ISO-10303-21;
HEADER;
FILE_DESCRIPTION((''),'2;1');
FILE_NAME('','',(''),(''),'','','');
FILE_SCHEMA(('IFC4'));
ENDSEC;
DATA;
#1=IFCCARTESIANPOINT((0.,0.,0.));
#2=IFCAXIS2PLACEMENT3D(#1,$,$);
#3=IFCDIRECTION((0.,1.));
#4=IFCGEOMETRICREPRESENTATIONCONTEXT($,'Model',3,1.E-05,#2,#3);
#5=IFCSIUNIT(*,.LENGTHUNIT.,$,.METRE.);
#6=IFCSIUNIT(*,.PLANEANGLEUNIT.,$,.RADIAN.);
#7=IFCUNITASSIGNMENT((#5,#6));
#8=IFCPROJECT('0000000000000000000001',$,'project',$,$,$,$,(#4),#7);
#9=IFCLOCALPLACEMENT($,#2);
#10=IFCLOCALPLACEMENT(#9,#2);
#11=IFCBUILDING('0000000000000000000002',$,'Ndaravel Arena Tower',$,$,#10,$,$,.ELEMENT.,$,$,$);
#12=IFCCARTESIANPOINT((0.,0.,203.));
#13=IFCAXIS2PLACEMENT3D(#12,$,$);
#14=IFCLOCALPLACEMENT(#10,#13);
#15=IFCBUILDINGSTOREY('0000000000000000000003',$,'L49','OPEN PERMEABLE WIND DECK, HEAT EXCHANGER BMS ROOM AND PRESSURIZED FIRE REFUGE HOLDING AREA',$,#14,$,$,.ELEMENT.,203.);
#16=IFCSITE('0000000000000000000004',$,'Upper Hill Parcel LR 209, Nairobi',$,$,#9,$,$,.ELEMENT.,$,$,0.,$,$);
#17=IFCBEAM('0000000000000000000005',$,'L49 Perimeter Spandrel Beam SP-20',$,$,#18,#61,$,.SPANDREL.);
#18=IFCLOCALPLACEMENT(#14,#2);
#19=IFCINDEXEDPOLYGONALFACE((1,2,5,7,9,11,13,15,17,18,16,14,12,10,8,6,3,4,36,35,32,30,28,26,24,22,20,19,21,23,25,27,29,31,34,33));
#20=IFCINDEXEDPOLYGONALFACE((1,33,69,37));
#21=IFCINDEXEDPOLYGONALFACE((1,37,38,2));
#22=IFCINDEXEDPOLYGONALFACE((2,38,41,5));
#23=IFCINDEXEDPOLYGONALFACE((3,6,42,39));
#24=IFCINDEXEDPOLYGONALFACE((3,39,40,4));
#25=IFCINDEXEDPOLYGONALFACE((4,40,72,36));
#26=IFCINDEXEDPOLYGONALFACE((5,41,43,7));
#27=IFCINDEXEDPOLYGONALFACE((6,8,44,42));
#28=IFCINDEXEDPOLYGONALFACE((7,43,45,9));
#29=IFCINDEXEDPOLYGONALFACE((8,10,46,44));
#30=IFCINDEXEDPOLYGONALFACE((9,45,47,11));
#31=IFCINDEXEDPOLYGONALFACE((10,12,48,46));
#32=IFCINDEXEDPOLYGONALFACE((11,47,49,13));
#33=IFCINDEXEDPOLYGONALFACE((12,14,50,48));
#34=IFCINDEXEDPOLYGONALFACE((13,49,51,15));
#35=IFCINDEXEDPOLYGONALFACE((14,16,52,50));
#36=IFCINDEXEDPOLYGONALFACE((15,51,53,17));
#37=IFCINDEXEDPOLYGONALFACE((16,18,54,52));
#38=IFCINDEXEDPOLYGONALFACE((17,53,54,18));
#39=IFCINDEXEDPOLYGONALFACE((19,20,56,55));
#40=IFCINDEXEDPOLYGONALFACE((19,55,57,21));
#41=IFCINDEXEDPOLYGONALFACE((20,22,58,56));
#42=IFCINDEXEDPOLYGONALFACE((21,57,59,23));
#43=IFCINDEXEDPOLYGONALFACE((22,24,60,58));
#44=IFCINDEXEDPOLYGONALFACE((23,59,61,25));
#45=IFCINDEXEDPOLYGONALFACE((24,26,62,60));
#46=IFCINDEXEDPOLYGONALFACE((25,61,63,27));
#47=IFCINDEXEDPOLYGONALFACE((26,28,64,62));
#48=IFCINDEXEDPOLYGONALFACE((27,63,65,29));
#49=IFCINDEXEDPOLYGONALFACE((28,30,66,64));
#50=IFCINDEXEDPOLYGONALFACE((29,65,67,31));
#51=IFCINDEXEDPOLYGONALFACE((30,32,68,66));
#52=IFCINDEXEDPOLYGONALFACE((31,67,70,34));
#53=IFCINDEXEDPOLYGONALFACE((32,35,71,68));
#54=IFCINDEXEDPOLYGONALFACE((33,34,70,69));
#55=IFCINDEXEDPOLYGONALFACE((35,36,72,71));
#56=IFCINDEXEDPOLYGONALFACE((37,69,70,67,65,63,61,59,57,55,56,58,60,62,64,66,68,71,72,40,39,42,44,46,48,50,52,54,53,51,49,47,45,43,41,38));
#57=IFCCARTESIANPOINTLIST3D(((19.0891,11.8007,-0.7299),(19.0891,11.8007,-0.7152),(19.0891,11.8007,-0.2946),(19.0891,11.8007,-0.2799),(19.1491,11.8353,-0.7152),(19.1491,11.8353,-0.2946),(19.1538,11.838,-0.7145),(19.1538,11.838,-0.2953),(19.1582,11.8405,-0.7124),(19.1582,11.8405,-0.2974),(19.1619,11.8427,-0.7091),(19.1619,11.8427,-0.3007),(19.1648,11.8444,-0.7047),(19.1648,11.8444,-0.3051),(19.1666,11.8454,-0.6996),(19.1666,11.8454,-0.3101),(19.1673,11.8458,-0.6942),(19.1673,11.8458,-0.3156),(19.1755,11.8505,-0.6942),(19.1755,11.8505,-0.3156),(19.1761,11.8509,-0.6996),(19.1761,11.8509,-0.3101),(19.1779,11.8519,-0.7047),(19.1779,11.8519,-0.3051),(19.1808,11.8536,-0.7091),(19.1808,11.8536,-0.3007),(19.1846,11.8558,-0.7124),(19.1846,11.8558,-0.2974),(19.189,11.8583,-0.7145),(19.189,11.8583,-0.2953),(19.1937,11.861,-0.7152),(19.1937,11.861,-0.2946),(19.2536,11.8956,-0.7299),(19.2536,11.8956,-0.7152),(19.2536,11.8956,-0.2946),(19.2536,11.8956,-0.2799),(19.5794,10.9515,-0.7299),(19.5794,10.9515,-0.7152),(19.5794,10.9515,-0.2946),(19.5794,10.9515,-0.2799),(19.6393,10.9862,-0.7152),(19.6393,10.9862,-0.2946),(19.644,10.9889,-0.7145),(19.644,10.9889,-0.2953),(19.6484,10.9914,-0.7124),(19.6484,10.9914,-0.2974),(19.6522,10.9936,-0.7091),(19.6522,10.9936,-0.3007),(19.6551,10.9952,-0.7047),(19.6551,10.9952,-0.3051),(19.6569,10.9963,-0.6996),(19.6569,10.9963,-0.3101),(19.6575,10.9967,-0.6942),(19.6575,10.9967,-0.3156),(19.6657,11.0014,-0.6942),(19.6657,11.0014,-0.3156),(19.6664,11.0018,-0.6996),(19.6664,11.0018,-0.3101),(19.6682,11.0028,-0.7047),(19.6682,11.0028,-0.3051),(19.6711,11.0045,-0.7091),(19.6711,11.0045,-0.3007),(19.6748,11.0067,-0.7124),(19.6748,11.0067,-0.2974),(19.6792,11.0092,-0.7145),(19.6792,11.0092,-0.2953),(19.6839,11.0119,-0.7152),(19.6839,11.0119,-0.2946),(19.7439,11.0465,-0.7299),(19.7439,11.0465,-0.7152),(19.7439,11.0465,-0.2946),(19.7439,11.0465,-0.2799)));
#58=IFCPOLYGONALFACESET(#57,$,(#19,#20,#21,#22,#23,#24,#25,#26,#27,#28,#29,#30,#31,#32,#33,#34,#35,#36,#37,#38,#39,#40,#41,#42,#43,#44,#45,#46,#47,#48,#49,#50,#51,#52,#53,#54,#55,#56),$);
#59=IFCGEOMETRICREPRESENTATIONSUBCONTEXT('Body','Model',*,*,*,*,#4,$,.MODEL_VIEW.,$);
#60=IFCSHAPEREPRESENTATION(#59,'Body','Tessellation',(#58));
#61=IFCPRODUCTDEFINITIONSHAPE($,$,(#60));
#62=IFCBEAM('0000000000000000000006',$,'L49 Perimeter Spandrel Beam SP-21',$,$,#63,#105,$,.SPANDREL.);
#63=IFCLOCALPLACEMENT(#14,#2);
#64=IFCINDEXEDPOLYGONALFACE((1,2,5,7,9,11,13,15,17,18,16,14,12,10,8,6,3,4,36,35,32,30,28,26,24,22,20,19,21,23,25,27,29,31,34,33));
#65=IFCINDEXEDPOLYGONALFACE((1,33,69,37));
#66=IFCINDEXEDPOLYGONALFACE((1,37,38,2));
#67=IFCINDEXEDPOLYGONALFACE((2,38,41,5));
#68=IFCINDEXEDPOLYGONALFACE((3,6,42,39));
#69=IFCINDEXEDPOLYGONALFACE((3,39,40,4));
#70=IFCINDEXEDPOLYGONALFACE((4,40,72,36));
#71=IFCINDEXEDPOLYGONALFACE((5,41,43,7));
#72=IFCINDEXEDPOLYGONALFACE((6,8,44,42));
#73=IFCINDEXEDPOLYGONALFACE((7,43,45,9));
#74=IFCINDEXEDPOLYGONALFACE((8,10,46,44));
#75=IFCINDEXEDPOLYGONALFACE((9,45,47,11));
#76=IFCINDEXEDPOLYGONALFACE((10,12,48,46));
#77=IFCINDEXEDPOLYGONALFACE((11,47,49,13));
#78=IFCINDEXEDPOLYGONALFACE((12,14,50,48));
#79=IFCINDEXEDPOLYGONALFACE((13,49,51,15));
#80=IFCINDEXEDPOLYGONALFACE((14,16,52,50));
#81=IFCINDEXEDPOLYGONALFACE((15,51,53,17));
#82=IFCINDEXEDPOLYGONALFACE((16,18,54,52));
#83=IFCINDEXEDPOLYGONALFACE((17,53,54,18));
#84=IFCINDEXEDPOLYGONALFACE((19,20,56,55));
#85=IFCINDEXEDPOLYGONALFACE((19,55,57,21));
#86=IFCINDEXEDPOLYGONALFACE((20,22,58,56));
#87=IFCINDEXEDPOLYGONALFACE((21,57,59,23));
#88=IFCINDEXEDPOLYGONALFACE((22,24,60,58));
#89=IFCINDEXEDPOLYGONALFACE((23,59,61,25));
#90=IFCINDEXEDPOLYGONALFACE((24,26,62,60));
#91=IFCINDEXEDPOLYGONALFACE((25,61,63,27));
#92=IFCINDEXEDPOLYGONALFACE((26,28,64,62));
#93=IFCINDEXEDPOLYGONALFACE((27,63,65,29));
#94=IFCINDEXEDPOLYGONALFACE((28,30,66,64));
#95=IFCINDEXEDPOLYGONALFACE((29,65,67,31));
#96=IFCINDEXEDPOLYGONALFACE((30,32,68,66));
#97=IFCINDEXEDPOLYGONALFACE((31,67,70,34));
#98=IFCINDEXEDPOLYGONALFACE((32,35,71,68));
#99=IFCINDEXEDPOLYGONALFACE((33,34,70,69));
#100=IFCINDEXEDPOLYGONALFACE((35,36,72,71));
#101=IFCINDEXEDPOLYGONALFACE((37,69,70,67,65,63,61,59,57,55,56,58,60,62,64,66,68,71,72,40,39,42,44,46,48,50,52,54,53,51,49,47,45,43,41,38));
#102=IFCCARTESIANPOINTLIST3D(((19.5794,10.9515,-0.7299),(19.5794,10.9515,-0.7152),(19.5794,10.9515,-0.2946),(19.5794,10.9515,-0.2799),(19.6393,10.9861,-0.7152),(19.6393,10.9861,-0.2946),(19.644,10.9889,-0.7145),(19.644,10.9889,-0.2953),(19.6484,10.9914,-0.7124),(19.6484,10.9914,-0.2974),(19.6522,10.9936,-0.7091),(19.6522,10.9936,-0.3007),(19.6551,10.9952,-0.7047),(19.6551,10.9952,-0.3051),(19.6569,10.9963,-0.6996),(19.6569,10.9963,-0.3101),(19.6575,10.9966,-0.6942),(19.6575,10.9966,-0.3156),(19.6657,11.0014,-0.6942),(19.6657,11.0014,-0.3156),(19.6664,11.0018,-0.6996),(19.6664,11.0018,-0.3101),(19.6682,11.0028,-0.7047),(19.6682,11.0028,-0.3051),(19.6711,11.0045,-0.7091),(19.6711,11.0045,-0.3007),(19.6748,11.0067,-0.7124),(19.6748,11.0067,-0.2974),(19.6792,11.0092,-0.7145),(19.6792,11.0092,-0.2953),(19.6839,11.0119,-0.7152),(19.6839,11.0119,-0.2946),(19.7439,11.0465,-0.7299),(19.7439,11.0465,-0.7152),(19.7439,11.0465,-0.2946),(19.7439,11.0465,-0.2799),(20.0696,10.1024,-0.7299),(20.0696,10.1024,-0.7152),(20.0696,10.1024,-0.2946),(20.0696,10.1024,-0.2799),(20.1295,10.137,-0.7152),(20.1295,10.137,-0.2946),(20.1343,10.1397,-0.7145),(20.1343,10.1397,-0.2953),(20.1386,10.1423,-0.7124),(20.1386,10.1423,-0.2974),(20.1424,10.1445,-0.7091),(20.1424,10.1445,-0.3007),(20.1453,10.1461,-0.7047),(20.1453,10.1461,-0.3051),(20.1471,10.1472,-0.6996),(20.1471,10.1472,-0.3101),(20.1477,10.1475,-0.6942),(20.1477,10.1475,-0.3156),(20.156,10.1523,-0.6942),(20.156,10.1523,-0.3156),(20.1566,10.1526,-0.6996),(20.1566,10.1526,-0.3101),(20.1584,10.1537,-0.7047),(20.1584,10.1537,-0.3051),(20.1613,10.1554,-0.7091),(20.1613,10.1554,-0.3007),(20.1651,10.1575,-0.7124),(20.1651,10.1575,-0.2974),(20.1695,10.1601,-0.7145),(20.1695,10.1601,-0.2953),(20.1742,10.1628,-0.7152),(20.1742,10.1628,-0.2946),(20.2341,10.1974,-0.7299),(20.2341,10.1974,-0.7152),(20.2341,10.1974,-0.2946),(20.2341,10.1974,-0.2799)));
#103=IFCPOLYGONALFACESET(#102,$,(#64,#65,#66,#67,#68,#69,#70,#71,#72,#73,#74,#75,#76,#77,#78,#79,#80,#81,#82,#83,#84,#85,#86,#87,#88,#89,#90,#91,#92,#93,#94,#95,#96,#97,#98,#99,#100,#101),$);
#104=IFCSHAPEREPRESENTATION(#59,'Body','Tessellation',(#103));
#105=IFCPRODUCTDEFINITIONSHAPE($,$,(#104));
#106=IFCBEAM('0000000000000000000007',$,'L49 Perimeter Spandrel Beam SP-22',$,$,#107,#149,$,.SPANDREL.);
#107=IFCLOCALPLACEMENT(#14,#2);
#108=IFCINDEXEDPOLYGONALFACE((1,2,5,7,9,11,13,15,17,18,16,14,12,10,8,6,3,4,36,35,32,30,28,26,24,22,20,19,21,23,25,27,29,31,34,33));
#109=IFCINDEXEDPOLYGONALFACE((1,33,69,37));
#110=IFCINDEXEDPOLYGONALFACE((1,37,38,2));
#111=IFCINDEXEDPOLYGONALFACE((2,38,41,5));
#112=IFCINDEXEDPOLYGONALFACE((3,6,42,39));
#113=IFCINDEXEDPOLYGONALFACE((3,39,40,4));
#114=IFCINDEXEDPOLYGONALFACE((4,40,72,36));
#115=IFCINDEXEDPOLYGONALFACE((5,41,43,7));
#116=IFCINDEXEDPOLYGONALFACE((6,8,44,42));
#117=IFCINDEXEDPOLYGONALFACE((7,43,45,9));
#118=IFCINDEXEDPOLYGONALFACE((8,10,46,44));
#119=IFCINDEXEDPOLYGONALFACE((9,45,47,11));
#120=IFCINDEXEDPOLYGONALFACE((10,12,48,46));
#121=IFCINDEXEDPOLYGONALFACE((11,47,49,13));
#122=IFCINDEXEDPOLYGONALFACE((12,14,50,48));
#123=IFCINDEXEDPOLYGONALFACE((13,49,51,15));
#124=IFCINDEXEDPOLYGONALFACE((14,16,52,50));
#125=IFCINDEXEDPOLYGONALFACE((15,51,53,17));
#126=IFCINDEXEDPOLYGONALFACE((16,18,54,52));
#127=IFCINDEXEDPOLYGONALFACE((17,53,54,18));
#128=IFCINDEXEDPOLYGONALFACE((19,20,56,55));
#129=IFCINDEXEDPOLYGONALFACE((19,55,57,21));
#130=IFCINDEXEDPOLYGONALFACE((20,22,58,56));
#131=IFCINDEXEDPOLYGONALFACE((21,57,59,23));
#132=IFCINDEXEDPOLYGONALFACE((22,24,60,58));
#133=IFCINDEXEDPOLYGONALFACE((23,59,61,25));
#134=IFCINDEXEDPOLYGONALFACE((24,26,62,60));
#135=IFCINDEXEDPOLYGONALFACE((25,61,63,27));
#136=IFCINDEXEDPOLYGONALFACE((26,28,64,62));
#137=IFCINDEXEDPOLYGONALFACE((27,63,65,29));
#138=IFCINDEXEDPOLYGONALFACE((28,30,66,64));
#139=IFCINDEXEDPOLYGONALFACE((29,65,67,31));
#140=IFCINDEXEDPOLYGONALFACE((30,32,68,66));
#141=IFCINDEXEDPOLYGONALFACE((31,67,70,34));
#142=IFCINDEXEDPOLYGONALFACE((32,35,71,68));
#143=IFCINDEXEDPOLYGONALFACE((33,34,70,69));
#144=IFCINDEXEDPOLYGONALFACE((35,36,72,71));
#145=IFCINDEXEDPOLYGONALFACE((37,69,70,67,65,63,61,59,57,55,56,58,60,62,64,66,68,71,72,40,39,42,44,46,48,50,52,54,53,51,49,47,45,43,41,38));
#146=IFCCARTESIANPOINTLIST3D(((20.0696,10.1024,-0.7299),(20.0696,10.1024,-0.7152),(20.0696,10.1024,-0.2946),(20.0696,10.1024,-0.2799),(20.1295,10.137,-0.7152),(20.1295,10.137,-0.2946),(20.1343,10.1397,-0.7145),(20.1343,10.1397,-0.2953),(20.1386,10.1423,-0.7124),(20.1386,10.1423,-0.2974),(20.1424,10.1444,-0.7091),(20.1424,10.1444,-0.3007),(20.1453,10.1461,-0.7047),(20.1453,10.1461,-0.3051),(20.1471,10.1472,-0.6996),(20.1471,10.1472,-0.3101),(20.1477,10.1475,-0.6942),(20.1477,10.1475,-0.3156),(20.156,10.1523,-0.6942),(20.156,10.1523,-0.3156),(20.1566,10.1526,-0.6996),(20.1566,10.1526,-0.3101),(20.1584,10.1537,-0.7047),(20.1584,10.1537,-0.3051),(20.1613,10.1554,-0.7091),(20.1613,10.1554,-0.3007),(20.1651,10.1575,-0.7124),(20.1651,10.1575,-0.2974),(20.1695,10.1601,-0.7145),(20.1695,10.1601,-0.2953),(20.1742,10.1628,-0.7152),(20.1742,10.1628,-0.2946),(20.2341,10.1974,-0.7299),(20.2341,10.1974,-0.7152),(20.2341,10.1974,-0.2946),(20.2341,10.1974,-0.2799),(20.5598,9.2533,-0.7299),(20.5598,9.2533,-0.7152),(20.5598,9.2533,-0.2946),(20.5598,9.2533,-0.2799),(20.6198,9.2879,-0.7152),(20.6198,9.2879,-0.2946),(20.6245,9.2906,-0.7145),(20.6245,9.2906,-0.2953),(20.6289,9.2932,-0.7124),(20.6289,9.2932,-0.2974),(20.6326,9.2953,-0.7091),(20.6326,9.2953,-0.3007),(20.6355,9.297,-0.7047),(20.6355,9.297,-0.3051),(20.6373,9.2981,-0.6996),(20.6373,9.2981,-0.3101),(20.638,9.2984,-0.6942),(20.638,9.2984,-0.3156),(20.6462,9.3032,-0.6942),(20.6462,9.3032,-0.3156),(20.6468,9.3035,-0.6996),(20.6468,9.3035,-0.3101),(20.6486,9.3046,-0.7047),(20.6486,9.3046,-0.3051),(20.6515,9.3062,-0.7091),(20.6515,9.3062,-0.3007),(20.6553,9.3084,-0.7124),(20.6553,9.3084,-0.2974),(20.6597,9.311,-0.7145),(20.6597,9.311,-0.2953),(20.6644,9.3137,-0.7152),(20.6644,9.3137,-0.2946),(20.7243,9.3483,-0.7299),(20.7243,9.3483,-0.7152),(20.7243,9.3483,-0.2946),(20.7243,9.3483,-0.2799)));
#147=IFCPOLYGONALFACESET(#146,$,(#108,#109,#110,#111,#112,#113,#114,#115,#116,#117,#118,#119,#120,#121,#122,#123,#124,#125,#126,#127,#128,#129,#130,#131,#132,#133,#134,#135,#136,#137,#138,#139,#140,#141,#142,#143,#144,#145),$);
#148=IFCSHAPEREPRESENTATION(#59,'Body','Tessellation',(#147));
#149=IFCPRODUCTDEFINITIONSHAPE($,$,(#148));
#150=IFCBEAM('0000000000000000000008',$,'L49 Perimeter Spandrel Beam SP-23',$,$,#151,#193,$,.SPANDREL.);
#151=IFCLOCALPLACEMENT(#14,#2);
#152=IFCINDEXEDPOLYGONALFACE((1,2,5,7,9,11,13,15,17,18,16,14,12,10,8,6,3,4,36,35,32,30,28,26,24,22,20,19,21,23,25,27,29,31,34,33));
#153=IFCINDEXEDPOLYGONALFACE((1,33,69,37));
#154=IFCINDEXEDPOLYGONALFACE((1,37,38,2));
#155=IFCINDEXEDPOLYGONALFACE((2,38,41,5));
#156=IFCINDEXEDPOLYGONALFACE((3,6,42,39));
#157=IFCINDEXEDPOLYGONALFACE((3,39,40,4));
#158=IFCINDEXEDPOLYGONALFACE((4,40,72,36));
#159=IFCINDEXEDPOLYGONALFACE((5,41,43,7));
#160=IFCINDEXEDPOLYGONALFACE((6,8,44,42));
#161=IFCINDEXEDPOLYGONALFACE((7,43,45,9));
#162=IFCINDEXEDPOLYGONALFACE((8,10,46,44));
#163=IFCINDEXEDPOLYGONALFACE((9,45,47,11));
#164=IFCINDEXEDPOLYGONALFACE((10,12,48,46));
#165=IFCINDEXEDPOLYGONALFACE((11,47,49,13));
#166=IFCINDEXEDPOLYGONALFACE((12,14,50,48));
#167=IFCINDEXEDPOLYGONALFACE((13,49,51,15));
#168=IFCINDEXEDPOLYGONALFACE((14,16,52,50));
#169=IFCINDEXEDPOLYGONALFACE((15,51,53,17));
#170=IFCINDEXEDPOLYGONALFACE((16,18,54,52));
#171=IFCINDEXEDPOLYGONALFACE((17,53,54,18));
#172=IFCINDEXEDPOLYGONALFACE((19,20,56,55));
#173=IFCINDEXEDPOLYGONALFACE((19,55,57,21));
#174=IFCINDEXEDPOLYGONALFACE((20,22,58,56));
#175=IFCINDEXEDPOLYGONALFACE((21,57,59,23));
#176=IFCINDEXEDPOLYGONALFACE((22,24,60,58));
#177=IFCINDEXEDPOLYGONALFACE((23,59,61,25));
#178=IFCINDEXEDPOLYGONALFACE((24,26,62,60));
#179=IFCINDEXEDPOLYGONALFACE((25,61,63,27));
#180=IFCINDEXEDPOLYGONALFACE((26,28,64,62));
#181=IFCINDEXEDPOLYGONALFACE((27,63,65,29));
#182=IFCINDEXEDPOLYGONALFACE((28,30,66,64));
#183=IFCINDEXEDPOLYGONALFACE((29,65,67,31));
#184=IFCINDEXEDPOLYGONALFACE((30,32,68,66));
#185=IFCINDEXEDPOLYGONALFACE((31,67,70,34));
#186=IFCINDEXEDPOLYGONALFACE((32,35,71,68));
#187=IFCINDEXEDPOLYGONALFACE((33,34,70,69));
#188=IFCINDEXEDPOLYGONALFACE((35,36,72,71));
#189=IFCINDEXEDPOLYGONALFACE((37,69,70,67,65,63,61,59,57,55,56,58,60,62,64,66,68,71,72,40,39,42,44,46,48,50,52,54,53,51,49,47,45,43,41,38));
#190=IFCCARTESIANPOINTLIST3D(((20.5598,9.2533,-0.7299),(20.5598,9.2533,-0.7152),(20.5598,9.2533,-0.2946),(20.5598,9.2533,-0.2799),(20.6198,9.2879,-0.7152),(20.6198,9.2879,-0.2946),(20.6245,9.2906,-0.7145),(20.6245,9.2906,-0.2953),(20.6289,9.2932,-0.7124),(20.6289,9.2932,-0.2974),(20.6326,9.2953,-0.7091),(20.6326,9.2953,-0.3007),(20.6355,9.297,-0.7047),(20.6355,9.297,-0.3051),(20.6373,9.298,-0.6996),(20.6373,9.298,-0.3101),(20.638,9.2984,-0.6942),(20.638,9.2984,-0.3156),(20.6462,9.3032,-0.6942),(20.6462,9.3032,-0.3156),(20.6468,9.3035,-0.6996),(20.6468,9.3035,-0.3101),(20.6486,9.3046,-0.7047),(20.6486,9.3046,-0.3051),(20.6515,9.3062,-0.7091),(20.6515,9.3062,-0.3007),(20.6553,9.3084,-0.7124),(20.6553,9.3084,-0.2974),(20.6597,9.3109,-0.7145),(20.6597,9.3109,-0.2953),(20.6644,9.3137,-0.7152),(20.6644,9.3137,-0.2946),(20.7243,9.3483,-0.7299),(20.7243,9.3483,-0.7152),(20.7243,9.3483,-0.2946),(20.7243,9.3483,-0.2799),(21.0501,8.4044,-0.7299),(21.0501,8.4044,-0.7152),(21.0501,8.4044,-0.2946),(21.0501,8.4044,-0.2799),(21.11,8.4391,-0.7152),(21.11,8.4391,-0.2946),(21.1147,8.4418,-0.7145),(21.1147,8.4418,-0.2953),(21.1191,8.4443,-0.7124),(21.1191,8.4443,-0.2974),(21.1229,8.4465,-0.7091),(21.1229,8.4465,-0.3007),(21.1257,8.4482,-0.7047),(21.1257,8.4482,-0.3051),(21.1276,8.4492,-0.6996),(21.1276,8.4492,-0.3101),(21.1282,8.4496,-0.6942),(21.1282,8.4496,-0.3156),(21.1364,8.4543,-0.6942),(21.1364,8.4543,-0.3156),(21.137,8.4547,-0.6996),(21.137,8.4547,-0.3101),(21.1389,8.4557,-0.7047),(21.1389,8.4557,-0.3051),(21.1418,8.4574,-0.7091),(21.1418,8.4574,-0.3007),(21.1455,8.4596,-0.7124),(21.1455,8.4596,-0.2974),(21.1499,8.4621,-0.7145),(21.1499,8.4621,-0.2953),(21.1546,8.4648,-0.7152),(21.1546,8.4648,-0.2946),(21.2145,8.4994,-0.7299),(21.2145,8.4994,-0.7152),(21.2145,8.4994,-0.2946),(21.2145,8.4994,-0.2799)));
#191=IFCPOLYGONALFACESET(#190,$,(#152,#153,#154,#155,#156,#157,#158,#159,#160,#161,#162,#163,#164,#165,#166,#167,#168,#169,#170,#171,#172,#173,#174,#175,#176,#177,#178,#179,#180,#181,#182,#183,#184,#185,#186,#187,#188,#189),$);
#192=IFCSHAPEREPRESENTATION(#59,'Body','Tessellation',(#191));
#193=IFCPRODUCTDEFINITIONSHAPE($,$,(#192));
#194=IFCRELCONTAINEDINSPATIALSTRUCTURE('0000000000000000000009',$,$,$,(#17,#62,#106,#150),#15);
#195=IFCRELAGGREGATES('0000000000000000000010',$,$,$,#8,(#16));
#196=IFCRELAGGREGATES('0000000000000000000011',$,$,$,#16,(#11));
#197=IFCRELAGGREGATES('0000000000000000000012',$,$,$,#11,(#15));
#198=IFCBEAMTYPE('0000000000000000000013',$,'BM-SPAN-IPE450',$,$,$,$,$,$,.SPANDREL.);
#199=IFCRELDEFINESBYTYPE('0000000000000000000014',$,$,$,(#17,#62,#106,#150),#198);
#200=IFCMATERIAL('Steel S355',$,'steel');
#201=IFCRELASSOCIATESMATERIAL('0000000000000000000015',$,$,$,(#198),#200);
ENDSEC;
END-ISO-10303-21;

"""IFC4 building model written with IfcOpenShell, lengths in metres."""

from ifc_helpers import new_model, si_unit, direction, frame, origin, origin_2d, place, context, subcontext, project, spatial, i_section, extrude, material, material_profile, profile_set, type_object, element, save


model = new_model("IFC4")

# Units and contexts
model_context = context("Model", 3, precision=1e-05, world=origin(), true_north=direction((0.0, 1.0)))
body_context = subcontext(model_context, "Body", "Model", "MODEL_VIEW")
ifc_project = project(units=[si_unit("LENGTHUNIT", "METRE"), si_unit("PLANEANGLEUNIT", "RADIAN")], contexts=[model_context])

# Site, building, storey
site_placement = place(None, origin())
site = spatial("IfcSite", under=ifc_project, at=site_placement, Name="Upper Hill Parcel LR 209, Nairobi", CompositionType="ELEMENT", RefElevation=0.0)
building_placement = place(site_placement, origin())
building = spatial("IfcBuilding", under=site, at=building_placement, Name="Ndaravel Arena Tower", CompositionType="ELEMENT")
storey_placement = place(building_placement, frame((0.0, 0.0, 203.0)))
storey = spatial("IfcBuildingStorey", under=building, at=storey_placement, Name="L49", Description="OPEN PERMEABLE WIND DECK, HEAT EXCHANGER BMS ROOM AND PRESSURIZED FIRE REFUGE HOLDING AREA", CompositionType="ELEMENT", Elevation=203.0)

# Beams
ifc_material_1 = material(Name="Steel S355", Category="steel")
ifc_material_profile_1 = material_profile(ifc_material_1, i_section(OverallWidth=0.1899, OverallDepth=0.45, WebThickness=0.0095, FlangeThickness=0.0146, FilletRadius=0.021, at=origin_2d()), Name="IPE 450")
ifc_profile_set_1 = profile_set([ifc_material_profile_1], Name="Steel S355")
beam_type = type_object("IfcBeamType", Name="BM-SPAN-IPE450", PredefinedType="SPANDREL", material=ifc_profile_set_1)
for number, where, z_axis, x_axis, name in (
    (1, (19.1714, 11.8481, -0.5049), (0.499995, -0.866028, 0.0), (0.866028, 0.499995, 0.0), "L49 Perimeter Spandrel Beam SP-20"),
    (2, (19.6616, 10.999, -0.5049), (0.499995, -0.866028, 0.0), (0.866028, 0.499995, 0.0), "L49 Perimeter Spandrel Beam SP-21"),
    (3, (20.1519, 10.1499, -0.5049), (0.499995, -0.866028, 0.0), (0.866028, 0.499995, 0.0), "L49 Perimeter Spandrel Beam SP-22"),
):
    element("IfcBeam", number, at=place(storey_placement, frame(where, z_axis=z_axis, x_axis=x_axis)), inside=storey, type_object=beam_type, Name=name, PredefinedType="SPANDREL", context=body_context, shape_type="SweptSolid", body=[
        extrude(i_section(OverallWidth=0.1899, OverallDepth=0.45, WebThickness=0.0095, FlangeThickness=0.0146, FilletRadius=0.021, at=origin_2d()), origin(), (0.0, 0.0, 1.0), 0.9805),
    ])
beam_1_placement = place(storey_placement, frame((20.6421, 9.3008, -0.5049), z_axis=(0.500103, -0.865966, 0.0), x_axis=(0.865966, 0.500103, 0.0)))
element("IfcBeam", 4, at=beam_1_placement, inside=storey, type_object=beam_type, Name="L49 Perimeter Spandrel Beam SP-23", PredefinedType="SPANDREL", context=body_context, shape_type="SweptSolid", body=[
    extrude(i_section(OverallWidth=0.1899, OverallDepth=0.45, WebThickness=0.0095, FlangeThickness=0.0146, FilletRadius=0.021, at=origin_2d()), origin(), (0.0, 0.0, 1.0), 0.9802),
])

save(model, "model.ifc")
